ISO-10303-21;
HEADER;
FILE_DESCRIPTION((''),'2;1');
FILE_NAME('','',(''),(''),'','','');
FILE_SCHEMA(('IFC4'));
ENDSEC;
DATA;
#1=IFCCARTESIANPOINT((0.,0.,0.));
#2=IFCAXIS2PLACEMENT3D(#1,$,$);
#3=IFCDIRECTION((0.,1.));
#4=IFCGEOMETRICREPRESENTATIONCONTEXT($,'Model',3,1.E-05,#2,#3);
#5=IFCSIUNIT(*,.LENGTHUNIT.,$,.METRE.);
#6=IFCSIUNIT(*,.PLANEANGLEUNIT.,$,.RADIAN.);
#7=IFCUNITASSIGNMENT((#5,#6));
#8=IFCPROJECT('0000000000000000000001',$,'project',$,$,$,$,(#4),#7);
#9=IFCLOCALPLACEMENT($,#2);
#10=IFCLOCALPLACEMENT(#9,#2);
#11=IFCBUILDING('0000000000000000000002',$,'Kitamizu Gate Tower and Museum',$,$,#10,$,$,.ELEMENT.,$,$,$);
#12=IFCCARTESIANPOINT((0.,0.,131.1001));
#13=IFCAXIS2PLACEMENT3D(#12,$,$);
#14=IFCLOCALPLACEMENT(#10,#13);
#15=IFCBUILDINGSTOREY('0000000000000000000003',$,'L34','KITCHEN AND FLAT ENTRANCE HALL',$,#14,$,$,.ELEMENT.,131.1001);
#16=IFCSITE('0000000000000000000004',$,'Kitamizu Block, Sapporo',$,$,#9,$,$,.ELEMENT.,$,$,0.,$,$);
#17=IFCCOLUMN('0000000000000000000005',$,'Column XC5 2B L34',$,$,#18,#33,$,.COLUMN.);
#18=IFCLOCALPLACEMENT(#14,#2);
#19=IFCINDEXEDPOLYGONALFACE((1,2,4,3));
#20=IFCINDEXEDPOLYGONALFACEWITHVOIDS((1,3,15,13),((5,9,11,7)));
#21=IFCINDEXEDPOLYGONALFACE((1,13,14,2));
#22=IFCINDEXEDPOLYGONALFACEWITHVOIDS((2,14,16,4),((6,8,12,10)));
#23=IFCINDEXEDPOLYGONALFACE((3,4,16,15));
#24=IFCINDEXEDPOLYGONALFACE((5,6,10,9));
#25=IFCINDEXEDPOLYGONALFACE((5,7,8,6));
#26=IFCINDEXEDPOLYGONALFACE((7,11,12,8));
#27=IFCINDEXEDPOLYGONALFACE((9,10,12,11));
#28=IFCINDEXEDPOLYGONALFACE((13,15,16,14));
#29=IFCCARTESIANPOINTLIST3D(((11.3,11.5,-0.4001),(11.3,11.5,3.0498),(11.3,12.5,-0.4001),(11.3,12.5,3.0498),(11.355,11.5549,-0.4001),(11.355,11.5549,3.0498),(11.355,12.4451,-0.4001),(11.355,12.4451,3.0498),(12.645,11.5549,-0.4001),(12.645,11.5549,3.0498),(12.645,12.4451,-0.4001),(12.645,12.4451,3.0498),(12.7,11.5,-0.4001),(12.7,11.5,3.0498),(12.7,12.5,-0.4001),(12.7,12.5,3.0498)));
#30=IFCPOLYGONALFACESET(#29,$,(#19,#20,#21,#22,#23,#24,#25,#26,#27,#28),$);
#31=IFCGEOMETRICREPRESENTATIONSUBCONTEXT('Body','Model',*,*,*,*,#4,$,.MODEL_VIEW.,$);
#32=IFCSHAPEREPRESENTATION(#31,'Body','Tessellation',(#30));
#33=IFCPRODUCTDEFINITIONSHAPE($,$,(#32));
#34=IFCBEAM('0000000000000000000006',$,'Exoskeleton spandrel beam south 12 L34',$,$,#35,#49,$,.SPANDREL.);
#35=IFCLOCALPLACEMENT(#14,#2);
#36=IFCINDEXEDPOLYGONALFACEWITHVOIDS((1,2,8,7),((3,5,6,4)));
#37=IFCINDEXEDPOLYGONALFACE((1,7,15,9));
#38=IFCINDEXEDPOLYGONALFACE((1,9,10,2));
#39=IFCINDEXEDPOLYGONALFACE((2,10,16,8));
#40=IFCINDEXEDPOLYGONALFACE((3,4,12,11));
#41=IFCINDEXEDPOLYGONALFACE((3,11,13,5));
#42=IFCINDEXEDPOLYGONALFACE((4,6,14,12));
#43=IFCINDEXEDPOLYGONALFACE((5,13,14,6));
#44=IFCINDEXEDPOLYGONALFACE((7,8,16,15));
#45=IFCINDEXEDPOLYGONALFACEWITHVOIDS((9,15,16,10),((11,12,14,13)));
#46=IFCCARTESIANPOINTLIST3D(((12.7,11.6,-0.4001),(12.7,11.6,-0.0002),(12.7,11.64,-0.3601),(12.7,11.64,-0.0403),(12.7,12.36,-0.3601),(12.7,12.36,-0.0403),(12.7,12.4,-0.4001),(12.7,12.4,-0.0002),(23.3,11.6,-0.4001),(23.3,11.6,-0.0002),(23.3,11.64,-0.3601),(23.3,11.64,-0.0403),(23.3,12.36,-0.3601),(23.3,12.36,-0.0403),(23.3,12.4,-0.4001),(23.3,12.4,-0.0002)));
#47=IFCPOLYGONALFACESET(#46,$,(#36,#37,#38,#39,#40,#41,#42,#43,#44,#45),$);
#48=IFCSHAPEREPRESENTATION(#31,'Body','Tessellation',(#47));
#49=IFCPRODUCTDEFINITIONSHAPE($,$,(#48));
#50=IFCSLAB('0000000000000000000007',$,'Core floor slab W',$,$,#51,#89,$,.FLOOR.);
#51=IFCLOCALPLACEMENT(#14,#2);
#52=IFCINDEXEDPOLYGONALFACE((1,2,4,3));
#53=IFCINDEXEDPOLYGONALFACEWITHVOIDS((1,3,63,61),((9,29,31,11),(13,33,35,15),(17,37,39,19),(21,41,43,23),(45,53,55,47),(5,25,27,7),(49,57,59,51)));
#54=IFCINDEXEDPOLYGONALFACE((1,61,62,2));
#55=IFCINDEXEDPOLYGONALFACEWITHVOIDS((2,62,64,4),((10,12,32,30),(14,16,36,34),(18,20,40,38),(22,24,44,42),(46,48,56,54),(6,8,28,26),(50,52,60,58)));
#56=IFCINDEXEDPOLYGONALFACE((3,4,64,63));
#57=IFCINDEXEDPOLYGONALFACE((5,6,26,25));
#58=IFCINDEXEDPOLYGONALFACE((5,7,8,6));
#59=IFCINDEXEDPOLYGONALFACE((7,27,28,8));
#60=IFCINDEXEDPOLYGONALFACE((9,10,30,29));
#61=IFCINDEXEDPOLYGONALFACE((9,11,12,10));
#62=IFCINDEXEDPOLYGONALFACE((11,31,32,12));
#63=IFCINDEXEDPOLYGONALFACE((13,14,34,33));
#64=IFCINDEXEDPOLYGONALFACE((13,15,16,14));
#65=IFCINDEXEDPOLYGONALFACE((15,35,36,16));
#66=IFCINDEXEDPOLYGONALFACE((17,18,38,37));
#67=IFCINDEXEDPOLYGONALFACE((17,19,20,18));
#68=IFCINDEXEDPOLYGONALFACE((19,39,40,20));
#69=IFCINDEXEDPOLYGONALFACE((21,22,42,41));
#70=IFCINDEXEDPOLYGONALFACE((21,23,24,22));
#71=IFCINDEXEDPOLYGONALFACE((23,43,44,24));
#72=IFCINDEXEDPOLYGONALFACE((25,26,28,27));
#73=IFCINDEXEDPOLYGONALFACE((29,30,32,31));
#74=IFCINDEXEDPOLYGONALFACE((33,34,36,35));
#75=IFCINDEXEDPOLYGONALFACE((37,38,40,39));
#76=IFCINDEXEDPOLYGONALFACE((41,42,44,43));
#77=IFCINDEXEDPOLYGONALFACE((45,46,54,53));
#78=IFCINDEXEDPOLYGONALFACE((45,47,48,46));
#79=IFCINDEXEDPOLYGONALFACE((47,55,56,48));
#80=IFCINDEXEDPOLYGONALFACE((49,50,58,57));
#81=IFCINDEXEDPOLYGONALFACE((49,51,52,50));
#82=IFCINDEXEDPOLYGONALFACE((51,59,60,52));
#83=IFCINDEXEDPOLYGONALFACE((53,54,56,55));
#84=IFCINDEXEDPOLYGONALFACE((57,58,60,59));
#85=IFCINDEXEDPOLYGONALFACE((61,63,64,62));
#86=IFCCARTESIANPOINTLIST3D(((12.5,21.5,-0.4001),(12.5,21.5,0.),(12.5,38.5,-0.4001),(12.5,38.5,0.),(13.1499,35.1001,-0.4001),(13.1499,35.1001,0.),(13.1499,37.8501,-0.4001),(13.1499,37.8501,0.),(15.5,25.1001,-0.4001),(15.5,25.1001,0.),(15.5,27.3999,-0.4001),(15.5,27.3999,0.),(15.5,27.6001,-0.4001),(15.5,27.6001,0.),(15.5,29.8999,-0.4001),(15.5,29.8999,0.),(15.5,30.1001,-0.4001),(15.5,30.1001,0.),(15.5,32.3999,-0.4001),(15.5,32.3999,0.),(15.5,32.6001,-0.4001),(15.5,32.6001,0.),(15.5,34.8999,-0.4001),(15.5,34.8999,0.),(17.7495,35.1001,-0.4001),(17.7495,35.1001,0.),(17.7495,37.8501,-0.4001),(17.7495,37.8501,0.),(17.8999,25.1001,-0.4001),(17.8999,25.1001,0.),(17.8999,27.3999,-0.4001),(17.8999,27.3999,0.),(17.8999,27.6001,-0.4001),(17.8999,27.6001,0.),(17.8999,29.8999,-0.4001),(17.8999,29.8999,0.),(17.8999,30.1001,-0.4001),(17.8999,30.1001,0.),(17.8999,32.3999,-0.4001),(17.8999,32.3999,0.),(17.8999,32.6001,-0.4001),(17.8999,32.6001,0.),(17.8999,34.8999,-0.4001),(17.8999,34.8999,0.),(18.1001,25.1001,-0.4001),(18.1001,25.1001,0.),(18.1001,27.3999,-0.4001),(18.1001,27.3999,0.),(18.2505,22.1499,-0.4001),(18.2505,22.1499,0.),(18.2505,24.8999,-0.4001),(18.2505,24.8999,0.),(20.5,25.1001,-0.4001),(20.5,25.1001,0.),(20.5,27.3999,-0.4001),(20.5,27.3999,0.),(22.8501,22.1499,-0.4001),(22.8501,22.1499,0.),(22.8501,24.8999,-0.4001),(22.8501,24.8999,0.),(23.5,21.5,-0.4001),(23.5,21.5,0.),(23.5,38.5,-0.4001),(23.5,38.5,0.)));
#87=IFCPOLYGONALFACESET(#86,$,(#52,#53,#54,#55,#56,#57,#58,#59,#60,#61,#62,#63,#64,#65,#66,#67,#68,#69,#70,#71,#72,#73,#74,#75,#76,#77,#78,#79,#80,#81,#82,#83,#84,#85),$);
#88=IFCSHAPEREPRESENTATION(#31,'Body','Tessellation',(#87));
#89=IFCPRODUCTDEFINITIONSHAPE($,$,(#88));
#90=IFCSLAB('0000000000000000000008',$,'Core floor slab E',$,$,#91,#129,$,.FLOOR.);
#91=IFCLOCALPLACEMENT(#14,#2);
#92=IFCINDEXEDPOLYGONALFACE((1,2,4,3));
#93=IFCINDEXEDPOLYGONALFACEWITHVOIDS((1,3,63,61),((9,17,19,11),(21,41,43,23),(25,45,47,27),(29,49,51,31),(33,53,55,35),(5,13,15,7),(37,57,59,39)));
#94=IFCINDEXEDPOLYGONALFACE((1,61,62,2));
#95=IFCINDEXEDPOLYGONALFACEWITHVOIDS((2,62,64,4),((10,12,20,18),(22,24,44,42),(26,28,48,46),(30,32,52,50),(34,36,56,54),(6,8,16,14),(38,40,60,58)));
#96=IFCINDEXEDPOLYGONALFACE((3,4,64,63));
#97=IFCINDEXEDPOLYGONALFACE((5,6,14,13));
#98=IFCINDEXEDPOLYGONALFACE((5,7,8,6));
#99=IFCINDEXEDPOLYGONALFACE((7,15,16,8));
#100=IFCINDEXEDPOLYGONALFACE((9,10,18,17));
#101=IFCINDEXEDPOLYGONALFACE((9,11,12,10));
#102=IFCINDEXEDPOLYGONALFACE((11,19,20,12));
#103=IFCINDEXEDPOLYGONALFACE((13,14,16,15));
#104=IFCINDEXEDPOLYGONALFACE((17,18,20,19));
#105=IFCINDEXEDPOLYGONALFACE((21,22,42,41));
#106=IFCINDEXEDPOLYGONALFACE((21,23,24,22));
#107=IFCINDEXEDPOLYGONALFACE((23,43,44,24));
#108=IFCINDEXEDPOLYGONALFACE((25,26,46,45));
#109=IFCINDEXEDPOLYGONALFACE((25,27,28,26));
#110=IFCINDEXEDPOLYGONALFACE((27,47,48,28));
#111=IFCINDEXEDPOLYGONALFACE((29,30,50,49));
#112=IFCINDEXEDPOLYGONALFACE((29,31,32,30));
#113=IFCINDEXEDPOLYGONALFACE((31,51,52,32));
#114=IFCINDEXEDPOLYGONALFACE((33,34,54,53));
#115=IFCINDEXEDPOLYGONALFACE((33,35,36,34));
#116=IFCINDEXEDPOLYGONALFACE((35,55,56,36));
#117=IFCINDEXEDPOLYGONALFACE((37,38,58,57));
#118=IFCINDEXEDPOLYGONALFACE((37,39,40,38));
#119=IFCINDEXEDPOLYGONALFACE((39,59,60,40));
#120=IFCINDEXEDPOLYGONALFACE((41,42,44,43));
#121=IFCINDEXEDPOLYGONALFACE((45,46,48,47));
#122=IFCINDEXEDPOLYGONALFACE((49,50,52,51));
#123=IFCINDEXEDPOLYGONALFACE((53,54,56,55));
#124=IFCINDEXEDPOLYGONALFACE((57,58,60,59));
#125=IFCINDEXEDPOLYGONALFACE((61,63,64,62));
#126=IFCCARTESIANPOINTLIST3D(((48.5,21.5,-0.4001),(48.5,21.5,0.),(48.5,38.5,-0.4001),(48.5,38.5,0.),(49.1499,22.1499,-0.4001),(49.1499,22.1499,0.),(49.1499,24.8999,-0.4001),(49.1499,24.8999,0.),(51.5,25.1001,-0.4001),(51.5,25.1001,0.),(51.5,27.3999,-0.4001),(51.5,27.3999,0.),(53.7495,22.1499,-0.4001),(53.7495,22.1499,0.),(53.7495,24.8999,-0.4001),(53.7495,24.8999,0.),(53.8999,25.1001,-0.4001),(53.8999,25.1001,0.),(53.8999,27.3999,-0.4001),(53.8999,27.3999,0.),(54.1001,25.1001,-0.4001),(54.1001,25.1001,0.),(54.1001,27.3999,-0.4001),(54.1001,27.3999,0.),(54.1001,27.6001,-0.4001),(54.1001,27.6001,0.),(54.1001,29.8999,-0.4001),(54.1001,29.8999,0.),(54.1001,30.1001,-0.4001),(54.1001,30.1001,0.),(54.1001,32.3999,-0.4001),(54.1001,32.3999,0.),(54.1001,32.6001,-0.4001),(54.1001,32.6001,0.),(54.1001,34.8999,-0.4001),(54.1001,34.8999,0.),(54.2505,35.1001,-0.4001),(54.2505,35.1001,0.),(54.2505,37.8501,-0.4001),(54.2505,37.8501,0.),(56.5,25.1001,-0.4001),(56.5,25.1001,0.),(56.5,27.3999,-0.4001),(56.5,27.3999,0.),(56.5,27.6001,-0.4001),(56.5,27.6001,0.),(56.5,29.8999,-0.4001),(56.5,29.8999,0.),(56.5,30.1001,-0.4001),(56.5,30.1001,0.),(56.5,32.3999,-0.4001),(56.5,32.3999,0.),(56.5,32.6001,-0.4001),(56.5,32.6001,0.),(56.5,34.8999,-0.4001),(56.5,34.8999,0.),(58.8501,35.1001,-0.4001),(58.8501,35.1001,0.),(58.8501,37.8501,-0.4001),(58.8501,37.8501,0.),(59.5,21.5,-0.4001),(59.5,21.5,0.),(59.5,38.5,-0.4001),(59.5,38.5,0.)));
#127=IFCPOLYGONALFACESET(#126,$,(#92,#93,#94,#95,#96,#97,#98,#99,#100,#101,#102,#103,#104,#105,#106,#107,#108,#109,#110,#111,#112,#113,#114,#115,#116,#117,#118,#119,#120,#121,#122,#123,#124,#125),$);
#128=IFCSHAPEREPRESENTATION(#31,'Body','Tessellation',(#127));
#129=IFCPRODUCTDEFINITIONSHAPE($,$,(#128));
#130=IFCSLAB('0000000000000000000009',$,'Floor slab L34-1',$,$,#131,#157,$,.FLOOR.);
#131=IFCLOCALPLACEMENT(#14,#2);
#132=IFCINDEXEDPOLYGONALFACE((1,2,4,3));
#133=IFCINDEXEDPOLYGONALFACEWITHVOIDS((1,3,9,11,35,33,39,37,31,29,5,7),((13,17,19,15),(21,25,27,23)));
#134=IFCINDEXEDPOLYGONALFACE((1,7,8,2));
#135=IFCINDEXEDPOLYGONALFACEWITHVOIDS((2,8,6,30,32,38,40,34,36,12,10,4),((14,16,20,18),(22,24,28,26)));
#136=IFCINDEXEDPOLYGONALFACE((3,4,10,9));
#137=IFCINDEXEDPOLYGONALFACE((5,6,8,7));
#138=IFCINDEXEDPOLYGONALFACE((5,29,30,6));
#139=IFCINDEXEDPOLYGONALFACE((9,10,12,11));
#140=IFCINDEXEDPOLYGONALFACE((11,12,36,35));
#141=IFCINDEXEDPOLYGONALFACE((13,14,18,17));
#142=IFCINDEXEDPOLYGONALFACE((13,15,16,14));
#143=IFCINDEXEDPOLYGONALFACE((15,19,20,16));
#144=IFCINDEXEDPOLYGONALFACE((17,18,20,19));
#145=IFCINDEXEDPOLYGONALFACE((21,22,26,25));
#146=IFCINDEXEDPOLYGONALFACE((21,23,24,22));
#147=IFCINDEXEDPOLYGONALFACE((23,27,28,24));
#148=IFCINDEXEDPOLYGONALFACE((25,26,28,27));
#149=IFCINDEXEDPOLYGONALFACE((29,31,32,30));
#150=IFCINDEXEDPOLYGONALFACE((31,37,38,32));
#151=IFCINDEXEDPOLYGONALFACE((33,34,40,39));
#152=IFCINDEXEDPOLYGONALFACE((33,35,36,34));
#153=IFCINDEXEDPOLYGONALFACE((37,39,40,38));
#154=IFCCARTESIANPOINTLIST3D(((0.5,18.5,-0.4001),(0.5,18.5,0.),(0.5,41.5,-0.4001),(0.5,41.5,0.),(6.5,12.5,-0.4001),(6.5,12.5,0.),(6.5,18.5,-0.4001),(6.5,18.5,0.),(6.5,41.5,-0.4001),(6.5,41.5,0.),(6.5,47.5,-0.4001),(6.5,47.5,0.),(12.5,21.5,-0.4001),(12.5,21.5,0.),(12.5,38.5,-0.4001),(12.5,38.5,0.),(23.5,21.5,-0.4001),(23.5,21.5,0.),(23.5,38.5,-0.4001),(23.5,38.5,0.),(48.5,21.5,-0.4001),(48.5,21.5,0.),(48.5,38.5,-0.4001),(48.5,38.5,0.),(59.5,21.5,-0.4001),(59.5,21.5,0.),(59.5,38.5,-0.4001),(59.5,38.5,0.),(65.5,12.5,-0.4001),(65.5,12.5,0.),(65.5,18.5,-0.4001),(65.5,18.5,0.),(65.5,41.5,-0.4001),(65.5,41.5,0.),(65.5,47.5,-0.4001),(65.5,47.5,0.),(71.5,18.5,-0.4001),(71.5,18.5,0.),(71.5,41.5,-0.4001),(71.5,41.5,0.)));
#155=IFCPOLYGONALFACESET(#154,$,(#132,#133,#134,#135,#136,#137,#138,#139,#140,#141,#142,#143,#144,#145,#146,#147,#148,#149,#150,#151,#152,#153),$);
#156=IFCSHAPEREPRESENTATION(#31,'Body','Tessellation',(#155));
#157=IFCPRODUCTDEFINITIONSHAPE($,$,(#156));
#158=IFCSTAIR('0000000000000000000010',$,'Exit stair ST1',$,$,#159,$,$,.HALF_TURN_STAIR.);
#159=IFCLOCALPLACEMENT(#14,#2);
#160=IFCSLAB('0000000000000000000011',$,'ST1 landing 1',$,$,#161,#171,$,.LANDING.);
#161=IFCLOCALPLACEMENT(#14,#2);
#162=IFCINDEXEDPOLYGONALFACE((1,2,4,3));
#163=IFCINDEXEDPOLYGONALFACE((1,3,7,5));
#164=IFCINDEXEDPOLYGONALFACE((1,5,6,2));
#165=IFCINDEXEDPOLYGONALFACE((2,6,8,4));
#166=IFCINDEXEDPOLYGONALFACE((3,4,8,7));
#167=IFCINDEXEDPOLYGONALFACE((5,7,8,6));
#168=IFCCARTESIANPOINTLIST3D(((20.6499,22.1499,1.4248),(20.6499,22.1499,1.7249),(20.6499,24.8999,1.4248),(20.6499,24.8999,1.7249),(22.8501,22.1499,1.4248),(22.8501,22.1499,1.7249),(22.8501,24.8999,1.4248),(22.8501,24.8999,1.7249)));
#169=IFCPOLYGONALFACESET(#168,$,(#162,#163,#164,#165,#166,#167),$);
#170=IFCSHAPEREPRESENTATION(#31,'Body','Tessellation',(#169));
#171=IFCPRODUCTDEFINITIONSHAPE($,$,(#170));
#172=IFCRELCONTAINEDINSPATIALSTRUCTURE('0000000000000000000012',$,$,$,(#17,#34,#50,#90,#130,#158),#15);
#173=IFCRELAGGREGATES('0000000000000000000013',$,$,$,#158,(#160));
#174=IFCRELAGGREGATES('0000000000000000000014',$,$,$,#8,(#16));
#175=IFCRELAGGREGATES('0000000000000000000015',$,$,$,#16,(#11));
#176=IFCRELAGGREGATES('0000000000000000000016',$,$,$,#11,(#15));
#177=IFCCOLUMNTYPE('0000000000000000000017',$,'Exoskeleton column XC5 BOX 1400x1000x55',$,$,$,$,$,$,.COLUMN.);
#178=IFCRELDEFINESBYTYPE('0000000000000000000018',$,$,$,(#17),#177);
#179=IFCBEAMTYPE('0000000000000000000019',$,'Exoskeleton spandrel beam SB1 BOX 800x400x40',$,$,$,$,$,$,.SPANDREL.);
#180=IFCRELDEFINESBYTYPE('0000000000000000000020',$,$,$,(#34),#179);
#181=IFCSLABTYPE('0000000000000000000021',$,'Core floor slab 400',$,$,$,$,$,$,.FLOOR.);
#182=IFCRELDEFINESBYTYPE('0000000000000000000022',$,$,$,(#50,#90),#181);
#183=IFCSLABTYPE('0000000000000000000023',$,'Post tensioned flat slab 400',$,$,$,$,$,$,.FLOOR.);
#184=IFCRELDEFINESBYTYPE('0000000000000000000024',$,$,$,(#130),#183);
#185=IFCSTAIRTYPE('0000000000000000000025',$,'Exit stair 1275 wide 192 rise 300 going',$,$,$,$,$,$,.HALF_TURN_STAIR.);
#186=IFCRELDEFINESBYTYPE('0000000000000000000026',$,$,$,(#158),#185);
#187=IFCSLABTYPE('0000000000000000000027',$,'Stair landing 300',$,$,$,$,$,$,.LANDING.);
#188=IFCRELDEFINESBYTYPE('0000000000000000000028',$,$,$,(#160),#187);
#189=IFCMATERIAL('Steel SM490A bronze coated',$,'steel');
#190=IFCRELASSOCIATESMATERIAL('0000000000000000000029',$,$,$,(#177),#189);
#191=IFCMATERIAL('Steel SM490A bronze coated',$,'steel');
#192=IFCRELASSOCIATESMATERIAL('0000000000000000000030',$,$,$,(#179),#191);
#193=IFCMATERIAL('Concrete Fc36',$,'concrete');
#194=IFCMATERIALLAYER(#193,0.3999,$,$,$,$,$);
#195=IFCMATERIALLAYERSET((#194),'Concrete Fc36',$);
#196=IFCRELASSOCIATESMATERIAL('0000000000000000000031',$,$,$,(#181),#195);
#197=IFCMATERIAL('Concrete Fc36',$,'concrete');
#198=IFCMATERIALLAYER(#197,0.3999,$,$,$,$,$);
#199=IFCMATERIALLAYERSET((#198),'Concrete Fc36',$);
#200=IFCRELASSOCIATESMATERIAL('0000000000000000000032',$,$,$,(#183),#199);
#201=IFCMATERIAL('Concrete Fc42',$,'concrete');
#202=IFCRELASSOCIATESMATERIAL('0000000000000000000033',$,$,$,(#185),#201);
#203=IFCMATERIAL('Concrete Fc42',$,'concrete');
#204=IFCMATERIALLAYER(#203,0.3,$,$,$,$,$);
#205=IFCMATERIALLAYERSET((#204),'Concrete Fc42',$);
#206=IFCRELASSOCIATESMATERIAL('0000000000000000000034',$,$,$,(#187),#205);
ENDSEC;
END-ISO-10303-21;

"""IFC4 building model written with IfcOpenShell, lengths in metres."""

from ifc_helpers import new_model, si_unit, direction, frame, origin, origin_2d, place, context, subcontext, project, spatial, polyline, hollow_rectangle, outline, extrude, material, layer, layer_set, material_profile, profile_set, type_object, element, aggregate, save


model = new_model("IFC4")

# Units and contexts
model_context = context("Model", 3, precision=1e-05, world=origin(), true_north=direction((0.0, 1.0)))
body_context = subcontext(model_context, "Body", "Model", "MODEL_VIEW")
ifc_project = project(units=[si_unit("LENGTHUNIT", "METRE"), si_unit("PLANEANGLEUNIT", "RADIAN")], contexts=[model_context])

# Site, building, storey
site_placement = place(None, origin())
site = spatial("IfcSite", under=ifc_project, at=site_placement, Name="Kitamizu Block, Sapporo", CompositionType="ELEMENT", RefElevation=0.0)
building_placement = place(site_placement, origin())
building = spatial("IfcBuilding", under=site, at=building_placement, Name="Kitamizu Gate Tower and Museum", CompositionType="ELEMENT")
storey_placement = place(building_placement, frame((0.0, 0.0, 131.1001)))
storey = spatial("IfcBuildingStorey", under=building, at=storey_placement, Name="L34", Description="KITCHEN AND FLAT ENTRANCE HALL", CompositionType="ELEMENT", Elevation=131.1001)

# Column
ifc_material_1 = material(Name="Steel SM490A bronze coated", Category="steel")
ifc_material_profile_1 = material_profile(ifc_material_1, hollow_rectangle(XDim=1.3999, YDim=1.0, WallThickness=0.0549, at=origin_2d()), Name="BOX 1400x1000x55")
ifc_profile_set_1 = profile_set([ifc_material_profile_1], Name="Steel SM490A bronze coated")
column_type = type_object("IfcColumnType", Name="Exoskeleton column XC5 BOX 1400x1000x55", PredefinedType="COLUMN", material=ifc_profile_set_1)
column_placement = place(storey_placement, frame((12.0, 12.0, -0.4001), z_axis=(0.0, 0.0, 1.0), x_axis=(1.0, 0.0, 0.0)))
element("IfcColumn", 1, at=column_placement, inside=storey, type_object=column_type, Name="Column XC5 2B L34", PredefinedType="COLUMN", context=body_context, shape_type="SweptSolid", body=[
    extrude(hollow_rectangle(XDim=1.3999, YDim=1.0, WallThickness=0.0549, at=origin_2d()), origin(), (0.0, 0.0, 1.0), 3.45),
])

# Beam
ifc_material_2 = material(Name="Steel SM490A bronze coated", Category="steel")
ifc_material_profile_2 = material_profile(ifc_material_2, hollow_rectangle(XDim=0.8, YDim=0.3999, WallThickness=0.04, at=origin_2d()), Name="BOX 800x400x40")
ifc_profile_set_2 = profile_set([ifc_material_profile_2], Name="Steel SM490A bronze coated")
beam_type = type_object("IfcBeamType", Name="Exoskeleton spandrel beam SB1 BOX 800x400x40", PredefinedType="SPANDREL", material=ifc_profile_set_2)
beam_placement = place(storey_placement, frame((12.7, 12.0, -0.2002), z_axis=(1.0, 0.0, 0.0), x_axis=(0.0, 1.0, 0.0)))
element("IfcBeam", 2, at=beam_placement, inside=storey, type_object=beam_type, Name="Exoskeleton spandrel beam south 12 L34", PredefinedType="SPANDREL", context=body_context, shape_type="SweptSolid", body=[
    extrude(hollow_rectangle(XDim=0.8, YDim=0.3999, WallThickness=0.04, at=origin_2d()), origin(), (0.0, 0.0, 1.0), 10.6001),
])

# Slabs
ifc_material_3 = material(Name="Concrete Fc36", Category="concrete")
ifc_layer_1 = layer(ifc_material_3, 0.3999)
ifc_layer_set_1 = layer_set([ifc_layer_1], Name="Concrete Fc36")
slab_type_1 = type_object("IfcSlabType", Name="Core floor slab 400", PredefinedType="FLOOR", material=ifc_layer_set_1)
slab_1_placement = place(storey_placement, frame((0.0, 0.0, -0.4001)))
element("IfcSlab", 3, at=slab_1_placement, inside=storey, type_object=slab_type_1, Name="Core floor slab W", PredefinedType="FLOOR", context=body_context, shape_type="SweptSolid", body=[
    extrude(outline(polyline([(12.5, 21.5), (23.5, 21.5), (23.5, 38.5), (12.5, 38.5), (12.5, 21.5)]), holes=[polyline([(15.5, 25.1001), (17.8999, 25.1001), (17.8999, 27.3999), (15.5, 27.3999), (15.5, 25.1001)]), polyline([(15.5, 27.6001), (17.8999, 27.6001), (17.8999, 29.8999), (15.5, 29.8999), (15.5, 27.6001)]), polyline([(15.5, 30.1001), (17.8999, 30.1001), (17.8999, 32.3999), (15.5, 32.3999), (15.5, 30.1001)]), polyline([(15.5, 32.6001), (17.8999, 32.6001), (17.8999, 34.8999), (15.5, 34.8999), (15.5, 32.6001)]), polyline([(18.1001, 25.1001), (20.5, 25.1001), (20.5, 27.3999), (18.1001, 27.3999), (18.1001, 25.1001)]), polyline([(18.2505, 22.1499), (22.8501, 22.1499), (22.8501, 24.8999), (18.2505, 24.8999), (18.2505, 22.1499)]), polyline([(13.1499, 35.1001), (17.7495, 35.1001), (17.7495, 37.8501), (13.1499, 37.8501), (13.1499, 35.1001)])]), origin(), (0.0, 0.0, 1.0), 0.4001),
])
slab_2_placement = place(storey_placement, frame((0.0, 0.0, -0.4001)))
element("IfcSlab", 4, at=slab_2_placement, inside=storey, type_object=slab_type_1, Name="Core floor slab E", PredefinedType="FLOOR", context=body_context, shape_type="SweptSolid", body=[
    extrude(outline(polyline([(48.5, 21.5), (59.5, 21.5), (59.5, 38.5), (48.5, 38.5), (48.5, 21.5)]), holes=[polyline([(54.1001, 25.1001), (56.5, 25.1001), (56.5, 27.3999), (54.1001, 27.3999), (54.1001, 25.1001)]), polyline([(54.1001, 27.6001), (56.5, 27.6001), (56.5, 29.8999), (54.1001, 29.8999), (54.1001, 27.6001)]), polyline([(54.1001, 30.1001), (56.5, 30.1001), (56.5, 32.3999), (54.1001, 32.3999), (54.1001, 30.1001)]), polyline([(54.1001, 32.6001), (56.5, 32.6001), (56.5, 34.8999), (54.1001, 34.8999), (54.1001, 32.6001)]), polyline([(51.5, 25.1001), (53.8999, 25.1001), (53.8999, 27.3999), (51.5, 27.3999), (51.5, 25.1001)]), polyline([(49.1499, 22.1499), (53.7495, 22.1499), (53.7495, 24.8999), (49.1499, 24.8999), (49.1499, 22.1499)]), polyline([(54.2505, 35.1001), (58.8501, 35.1001), (58.8501, 37.8501), (54.2505, 37.8501), (54.2505, 35.1001)])]), origin(), (0.0, 0.0, 1.0), 0.4001),
])
ifc_material_4 = material(Name="Concrete Fc36", Category="concrete")
ifc_layer_2 = layer(ifc_material_4, 0.3999)
ifc_layer_set_2 = layer_set([ifc_layer_2], Name="Concrete Fc36")
slab_type_2 = type_object("IfcSlabType", Name="Post tensioned flat slab 400", PredefinedType="FLOOR", material=ifc_layer_set_2)
slab_3_placement = place(storey_placement, frame((0.0, 0.0, -0.4001)))
element("IfcSlab", 5, at=slab_3_placement, inside=storey, type_object=slab_type_2, Name="Floor slab L34-1", PredefinedType="FLOOR", context=body_context, shape_type="SweptSolid", body=[
    extrude(outline(polyline([(0.5, 18.5), (0.5, 41.5), (6.5, 41.5), (6.5, 47.5), (65.5, 47.5), (65.5, 41.5), (71.5, 41.5), (71.5, 18.5), (65.5, 18.5), (65.5, 12.5), (6.5, 12.5), (6.5, 18.5), (0.5, 18.5)]), holes=[polyline([(59.5, 38.5), (48.5, 38.5), (48.5, 21.5), (59.5, 21.5), (59.5, 38.5)]), polyline([(12.5, 38.5), (12.5, 21.5), (23.5, 21.5), (23.5, 38.5), (12.5, 38.5)])]), origin(), (0.0, 0.0, 1.0), 0.4001),
])

# Stair, slab
ifc_material_5 = material(Name="Concrete Fc42", Category="concrete")
stair_type = type_object("IfcStairType", Name="Exit stair 1275 wide 192 rise 300 going", PredefinedType="HALF_TURN_STAIR", material=ifc_material_5)
stair_1_placement = place(storey_placement, origin())
stair_1 = element("IfcStair", 6, at=stair_1_placement, inside=storey, type_object=stair_type, Name="Exit stair ST1", PredefinedType="HALF_TURN_STAIR")
ifc_material_6 = material(Name="Concrete Fc42", Category="concrete")
ifc_layer_3 = layer(ifc_material_6, 0.3)
ifc_layer_set_3 = layer_set([ifc_layer_3], Name="Concrete Fc42")
slab_type_3 = type_object("IfcSlabType", Name="Stair landing 300", PredefinedType="LANDING", material=ifc_layer_set_3)
slab_4_placement = place(storey_placement, frame((0.0, 0.0, 1.4248)))
slab_4 = element("IfcSlab", 7, at=slab_4_placement, type_object=slab_type_3, Name="ST1 landing 1", PredefinedType="LANDING", context=body_context, shape_type="SweptSolid", body=[
    extrude(outline(polyline([(20.6499, 22.1499), (22.8501, 22.1499), (22.8501, 24.8999), (20.6499, 24.8999), (20.6499, 22.1499)])), origin(), (0.0, 0.0, 1.0), 0.3),
])
aggregate(stair_1, [slab_4])

save(model, "model.ifc")
